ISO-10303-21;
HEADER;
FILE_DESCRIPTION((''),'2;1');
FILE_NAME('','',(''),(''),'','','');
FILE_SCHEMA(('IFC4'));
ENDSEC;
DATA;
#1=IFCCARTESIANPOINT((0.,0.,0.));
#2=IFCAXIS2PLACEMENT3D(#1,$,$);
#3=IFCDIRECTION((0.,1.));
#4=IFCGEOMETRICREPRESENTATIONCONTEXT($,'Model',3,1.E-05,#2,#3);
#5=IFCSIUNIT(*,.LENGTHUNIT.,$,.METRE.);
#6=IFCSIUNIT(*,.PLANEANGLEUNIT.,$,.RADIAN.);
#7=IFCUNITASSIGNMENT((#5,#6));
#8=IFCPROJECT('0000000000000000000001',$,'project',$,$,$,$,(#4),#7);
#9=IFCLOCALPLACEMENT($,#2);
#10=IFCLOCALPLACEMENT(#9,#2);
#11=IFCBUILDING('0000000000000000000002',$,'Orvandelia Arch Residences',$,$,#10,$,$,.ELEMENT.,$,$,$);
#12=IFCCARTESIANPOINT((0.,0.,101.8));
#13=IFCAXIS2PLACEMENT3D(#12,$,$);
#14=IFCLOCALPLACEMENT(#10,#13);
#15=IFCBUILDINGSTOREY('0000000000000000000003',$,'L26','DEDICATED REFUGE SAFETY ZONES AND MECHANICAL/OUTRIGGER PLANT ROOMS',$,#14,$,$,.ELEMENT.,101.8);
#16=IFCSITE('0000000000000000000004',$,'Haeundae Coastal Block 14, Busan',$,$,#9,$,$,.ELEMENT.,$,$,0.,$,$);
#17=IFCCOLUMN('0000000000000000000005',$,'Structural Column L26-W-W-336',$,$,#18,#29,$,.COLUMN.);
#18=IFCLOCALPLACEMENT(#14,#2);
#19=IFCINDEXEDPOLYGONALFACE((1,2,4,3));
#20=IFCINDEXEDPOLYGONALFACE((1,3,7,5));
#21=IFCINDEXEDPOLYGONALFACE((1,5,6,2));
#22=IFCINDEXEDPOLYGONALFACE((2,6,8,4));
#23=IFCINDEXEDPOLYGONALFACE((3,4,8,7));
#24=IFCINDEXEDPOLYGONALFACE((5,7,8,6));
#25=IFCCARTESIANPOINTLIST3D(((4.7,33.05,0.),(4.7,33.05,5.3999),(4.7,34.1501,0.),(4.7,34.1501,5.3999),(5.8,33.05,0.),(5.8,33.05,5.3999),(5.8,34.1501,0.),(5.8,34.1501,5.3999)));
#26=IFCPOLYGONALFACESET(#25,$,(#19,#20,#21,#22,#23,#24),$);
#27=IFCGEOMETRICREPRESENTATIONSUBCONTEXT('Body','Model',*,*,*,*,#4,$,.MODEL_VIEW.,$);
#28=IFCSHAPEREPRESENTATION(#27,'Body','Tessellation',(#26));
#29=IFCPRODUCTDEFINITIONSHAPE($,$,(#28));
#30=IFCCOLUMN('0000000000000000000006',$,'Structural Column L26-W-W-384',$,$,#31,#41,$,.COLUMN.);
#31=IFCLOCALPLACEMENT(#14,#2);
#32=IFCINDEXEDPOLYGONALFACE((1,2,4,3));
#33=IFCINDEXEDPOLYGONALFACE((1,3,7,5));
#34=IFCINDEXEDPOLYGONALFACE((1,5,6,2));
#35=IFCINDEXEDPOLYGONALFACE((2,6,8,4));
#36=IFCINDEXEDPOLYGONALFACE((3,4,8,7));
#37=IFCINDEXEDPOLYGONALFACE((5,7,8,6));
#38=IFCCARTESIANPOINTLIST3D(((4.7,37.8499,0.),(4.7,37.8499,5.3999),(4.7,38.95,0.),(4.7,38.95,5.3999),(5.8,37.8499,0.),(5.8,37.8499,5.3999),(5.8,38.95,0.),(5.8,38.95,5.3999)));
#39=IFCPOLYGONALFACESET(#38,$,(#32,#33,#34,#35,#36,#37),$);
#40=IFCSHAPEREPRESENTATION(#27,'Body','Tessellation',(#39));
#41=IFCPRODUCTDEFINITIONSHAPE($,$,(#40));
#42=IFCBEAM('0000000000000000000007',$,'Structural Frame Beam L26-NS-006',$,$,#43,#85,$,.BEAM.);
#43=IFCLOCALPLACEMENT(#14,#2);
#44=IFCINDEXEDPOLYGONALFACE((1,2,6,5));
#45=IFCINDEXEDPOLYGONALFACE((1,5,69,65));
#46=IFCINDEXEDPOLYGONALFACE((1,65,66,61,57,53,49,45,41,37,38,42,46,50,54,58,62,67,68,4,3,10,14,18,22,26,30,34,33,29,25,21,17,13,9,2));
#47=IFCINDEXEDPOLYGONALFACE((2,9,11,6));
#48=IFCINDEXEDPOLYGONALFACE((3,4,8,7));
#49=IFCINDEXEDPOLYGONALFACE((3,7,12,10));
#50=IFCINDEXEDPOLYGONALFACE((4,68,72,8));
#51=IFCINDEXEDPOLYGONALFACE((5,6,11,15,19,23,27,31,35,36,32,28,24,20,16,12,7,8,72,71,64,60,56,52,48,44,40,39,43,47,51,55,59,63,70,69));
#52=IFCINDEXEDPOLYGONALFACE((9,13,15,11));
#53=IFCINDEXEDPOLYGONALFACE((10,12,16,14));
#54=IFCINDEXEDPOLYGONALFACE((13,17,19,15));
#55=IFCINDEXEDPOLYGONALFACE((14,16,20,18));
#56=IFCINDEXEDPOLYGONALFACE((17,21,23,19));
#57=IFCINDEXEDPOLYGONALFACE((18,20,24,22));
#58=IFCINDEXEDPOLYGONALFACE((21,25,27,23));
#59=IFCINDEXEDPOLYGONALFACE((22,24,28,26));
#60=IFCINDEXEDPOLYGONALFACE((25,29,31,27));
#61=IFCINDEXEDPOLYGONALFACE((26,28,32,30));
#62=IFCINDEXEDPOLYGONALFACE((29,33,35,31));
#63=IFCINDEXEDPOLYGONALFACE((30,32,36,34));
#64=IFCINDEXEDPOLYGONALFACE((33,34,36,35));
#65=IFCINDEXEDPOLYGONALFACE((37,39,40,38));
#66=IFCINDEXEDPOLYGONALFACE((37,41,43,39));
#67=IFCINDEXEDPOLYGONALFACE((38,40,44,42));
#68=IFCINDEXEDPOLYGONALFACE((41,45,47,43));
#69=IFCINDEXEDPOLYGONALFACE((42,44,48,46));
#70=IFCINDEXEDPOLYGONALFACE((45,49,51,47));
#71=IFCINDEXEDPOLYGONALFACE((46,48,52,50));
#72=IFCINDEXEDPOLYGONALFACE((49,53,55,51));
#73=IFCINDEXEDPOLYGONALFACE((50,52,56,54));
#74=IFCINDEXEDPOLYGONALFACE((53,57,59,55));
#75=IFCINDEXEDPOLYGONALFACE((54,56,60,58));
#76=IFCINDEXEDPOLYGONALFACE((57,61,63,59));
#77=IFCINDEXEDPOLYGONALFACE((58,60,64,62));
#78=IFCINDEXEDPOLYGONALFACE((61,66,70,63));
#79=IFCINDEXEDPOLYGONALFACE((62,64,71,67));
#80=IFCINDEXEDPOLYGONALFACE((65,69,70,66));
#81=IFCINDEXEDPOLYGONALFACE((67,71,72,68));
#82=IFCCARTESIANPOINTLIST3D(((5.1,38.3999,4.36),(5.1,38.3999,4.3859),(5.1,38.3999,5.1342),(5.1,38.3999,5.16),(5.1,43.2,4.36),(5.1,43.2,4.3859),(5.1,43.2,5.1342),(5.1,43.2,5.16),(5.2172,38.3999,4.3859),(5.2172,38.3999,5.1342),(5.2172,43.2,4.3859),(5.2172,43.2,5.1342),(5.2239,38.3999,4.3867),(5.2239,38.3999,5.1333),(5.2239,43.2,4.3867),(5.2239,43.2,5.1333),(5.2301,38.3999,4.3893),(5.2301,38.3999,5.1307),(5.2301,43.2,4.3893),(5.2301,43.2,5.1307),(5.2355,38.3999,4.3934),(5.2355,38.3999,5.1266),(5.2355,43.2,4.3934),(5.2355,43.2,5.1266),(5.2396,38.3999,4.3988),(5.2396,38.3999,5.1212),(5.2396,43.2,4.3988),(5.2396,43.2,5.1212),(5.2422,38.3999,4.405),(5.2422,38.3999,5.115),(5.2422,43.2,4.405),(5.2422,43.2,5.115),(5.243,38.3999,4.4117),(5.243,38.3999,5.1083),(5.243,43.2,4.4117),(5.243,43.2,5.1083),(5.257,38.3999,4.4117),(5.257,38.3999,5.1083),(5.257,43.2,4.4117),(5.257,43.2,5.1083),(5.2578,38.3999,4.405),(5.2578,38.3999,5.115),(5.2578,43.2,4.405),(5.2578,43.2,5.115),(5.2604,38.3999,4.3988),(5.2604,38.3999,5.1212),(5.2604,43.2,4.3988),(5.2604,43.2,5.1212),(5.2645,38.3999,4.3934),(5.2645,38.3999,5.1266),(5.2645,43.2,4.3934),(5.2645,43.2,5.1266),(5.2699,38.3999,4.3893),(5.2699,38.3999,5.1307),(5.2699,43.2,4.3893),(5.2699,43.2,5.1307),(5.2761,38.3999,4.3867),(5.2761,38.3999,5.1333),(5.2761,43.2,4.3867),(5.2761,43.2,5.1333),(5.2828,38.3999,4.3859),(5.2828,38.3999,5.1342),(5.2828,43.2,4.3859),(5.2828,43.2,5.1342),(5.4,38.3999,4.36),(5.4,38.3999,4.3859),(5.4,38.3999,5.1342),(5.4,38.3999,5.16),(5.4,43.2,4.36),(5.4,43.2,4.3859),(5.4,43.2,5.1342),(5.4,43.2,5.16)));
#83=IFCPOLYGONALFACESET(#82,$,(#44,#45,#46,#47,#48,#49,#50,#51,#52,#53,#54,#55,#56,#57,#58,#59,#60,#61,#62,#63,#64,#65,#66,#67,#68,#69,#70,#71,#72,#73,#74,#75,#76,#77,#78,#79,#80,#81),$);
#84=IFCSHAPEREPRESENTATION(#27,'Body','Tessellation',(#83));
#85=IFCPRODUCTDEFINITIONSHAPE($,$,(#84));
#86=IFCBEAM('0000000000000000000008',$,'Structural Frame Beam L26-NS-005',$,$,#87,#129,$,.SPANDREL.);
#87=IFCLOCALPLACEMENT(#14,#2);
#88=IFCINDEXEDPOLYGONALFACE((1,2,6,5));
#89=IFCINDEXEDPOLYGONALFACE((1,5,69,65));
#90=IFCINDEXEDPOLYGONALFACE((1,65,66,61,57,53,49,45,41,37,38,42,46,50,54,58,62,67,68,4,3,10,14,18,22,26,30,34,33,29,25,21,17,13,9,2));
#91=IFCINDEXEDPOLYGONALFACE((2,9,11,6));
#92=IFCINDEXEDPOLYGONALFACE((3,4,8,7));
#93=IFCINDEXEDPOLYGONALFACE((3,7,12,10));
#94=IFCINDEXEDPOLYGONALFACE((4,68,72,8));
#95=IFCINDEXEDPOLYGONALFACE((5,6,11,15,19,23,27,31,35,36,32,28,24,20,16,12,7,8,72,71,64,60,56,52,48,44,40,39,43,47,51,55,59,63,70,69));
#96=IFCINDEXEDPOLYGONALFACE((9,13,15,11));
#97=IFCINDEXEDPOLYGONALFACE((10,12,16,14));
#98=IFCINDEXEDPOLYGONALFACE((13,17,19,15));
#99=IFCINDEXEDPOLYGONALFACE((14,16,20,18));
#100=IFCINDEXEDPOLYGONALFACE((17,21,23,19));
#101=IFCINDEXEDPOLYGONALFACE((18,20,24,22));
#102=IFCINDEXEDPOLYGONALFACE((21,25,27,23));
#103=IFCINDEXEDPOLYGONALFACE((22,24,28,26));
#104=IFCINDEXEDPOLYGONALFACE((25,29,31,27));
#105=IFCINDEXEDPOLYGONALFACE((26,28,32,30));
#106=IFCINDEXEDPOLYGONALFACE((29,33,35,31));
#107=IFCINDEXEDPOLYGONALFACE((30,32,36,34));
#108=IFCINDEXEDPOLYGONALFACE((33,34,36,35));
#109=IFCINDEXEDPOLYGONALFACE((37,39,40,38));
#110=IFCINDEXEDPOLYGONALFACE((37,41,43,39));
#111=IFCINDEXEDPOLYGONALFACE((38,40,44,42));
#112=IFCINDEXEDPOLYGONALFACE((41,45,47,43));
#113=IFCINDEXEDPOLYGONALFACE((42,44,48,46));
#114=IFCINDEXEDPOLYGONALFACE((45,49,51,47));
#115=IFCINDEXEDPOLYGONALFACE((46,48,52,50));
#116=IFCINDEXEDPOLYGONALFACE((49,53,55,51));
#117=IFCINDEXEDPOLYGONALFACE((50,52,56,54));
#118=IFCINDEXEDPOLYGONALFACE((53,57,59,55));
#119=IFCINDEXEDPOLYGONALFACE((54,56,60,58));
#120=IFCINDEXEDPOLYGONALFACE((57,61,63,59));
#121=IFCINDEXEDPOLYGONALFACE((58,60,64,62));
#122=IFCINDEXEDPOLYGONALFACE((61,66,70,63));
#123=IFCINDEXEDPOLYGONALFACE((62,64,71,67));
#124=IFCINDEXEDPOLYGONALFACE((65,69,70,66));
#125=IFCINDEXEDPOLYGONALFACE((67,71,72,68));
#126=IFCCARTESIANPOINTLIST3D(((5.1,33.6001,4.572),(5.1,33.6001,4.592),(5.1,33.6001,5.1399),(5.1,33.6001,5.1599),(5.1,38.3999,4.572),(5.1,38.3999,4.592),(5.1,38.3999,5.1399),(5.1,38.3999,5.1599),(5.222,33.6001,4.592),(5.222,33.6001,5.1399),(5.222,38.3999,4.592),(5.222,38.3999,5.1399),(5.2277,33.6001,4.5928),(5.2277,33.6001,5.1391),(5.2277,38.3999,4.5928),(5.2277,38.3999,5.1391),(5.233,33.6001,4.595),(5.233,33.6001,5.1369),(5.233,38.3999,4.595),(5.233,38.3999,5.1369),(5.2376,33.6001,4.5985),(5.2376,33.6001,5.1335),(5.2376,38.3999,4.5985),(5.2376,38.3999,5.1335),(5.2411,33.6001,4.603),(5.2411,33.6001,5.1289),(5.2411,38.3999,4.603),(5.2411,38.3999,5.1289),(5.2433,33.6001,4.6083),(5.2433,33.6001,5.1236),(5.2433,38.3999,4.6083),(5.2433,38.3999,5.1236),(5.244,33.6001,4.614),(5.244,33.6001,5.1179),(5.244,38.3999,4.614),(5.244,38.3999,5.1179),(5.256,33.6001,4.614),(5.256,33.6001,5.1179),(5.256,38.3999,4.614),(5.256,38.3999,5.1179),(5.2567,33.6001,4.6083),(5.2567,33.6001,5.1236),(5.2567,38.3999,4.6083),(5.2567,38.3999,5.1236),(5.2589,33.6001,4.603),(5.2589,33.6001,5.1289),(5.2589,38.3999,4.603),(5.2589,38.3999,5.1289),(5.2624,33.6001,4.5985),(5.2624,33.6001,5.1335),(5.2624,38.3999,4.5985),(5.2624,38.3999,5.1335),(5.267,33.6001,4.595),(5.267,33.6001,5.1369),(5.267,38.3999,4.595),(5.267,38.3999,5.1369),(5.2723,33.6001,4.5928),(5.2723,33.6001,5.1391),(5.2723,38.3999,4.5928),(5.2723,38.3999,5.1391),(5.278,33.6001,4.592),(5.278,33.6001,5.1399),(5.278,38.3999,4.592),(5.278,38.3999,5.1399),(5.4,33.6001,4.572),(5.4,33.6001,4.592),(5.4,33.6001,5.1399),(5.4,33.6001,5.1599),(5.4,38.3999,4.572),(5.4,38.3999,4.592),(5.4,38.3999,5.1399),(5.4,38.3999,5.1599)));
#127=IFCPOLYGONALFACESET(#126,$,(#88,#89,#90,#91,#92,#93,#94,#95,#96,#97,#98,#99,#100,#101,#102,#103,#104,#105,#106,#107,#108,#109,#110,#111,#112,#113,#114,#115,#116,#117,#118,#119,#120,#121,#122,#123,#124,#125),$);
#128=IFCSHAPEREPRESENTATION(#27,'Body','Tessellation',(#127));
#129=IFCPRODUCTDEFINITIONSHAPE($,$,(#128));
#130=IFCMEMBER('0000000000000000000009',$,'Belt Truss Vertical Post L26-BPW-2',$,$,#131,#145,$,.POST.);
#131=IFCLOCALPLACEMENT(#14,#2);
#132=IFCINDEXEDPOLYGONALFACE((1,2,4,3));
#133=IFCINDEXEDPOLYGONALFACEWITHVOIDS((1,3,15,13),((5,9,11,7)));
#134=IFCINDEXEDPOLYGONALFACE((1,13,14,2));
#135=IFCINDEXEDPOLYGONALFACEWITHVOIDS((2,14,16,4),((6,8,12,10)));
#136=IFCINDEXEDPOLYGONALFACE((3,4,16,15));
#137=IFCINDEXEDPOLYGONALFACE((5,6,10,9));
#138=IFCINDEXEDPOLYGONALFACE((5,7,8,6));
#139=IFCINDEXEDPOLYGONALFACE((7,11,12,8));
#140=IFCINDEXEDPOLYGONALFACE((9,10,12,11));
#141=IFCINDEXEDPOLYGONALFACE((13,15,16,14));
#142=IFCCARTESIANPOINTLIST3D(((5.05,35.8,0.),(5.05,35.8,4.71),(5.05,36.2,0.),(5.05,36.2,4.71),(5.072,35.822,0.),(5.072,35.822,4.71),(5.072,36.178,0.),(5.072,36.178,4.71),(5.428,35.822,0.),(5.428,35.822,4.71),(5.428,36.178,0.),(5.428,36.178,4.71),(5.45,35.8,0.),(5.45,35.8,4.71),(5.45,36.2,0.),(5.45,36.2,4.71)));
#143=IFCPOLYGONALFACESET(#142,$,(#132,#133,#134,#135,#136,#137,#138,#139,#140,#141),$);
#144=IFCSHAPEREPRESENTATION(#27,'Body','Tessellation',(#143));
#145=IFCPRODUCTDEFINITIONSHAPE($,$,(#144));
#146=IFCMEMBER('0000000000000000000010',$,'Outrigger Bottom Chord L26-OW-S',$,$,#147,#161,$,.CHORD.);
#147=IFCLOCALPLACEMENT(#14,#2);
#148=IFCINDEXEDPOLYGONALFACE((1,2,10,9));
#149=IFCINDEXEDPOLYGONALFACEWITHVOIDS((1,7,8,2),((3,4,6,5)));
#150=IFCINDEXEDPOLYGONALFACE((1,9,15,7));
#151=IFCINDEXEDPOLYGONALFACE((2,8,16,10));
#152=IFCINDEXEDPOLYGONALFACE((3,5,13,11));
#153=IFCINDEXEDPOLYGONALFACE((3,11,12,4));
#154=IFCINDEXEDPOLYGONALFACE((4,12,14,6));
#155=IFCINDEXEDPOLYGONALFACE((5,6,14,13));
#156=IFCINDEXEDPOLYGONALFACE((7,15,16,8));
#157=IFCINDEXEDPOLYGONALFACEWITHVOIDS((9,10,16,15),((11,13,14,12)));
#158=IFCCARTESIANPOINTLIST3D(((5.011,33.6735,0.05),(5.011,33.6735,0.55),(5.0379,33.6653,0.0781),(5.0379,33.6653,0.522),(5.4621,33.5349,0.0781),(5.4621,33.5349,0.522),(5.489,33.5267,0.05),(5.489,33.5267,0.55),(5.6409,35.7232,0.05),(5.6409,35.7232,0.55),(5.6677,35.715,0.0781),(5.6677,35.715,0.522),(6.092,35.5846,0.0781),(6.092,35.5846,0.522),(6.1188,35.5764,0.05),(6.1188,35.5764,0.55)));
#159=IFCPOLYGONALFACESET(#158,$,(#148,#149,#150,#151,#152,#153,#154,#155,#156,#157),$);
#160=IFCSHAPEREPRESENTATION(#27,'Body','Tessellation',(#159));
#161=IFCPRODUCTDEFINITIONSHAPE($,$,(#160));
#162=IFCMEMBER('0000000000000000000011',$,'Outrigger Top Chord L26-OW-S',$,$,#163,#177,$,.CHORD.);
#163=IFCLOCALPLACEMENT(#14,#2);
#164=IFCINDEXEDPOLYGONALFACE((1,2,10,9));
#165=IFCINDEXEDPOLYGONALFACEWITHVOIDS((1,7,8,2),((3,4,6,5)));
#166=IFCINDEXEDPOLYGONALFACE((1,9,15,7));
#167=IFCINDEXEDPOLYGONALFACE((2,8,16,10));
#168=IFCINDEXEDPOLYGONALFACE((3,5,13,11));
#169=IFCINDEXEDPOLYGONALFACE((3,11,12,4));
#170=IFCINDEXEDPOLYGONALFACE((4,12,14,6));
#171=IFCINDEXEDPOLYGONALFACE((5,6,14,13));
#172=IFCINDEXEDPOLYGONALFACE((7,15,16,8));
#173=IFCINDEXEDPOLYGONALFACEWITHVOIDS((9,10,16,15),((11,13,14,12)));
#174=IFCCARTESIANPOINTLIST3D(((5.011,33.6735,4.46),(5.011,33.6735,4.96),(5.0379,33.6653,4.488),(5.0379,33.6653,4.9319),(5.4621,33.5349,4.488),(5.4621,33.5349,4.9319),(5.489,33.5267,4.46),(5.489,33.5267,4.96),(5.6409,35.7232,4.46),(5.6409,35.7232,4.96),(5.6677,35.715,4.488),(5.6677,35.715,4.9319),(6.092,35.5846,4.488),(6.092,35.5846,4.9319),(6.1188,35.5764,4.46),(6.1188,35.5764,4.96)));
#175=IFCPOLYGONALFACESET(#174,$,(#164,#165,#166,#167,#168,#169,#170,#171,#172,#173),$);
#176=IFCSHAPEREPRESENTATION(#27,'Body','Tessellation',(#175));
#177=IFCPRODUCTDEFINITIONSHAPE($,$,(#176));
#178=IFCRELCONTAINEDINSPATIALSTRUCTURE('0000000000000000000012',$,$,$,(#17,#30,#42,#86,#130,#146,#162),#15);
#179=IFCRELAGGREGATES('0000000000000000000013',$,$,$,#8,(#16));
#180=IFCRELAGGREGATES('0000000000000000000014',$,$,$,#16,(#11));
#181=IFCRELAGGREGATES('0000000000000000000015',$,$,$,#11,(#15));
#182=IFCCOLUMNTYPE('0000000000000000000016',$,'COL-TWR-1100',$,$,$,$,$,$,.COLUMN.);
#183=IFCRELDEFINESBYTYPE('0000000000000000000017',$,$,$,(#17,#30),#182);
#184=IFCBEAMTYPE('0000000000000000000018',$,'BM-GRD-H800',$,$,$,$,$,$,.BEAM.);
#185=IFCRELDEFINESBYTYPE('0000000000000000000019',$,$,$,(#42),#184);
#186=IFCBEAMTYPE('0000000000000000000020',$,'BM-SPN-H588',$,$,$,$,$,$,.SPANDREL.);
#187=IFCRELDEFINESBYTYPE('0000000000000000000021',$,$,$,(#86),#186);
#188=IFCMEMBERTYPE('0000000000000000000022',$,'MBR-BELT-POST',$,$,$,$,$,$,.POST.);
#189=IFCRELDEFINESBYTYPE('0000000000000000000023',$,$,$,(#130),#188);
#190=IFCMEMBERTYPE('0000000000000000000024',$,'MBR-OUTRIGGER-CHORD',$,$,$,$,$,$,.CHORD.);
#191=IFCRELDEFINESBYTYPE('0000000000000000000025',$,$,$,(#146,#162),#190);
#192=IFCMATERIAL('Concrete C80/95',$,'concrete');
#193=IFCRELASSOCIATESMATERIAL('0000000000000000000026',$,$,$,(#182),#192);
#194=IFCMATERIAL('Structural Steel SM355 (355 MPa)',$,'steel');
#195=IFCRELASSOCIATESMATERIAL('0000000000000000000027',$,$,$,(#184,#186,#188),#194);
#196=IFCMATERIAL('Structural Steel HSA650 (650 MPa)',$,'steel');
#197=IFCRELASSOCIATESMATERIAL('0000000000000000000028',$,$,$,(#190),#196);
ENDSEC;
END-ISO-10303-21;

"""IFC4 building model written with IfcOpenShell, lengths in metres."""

from ifc_helpers import new_model, si_unit, direction, frame, origin, origin_2d, place, context, subcontext, project, spatial, rectangle, hollow_rectangle, i_section, extrude, material, material_profile, profile_set, type_object, element, save


model = new_model("IFC4")

# Units and contexts
model_context = context("Model", 3, precision=1e-05, world=origin(), true_north=direction((0.0, 1.0)))
body_context = subcontext(model_context, "Body", "Model", "MODEL_VIEW")
ifc_project = project(units=[si_unit("LENGTHUNIT", "METRE"), si_unit("PLANEANGLEUNIT", "RADIAN")], contexts=[model_context])

# Site, building, storey
site_placement = place(None, origin())
site = spatial("IfcSite", under=ifc_project, at=site_placement, Name="Haeundae Coastal Block 14, Busan", CompositionType="ELEMENT", RefElevation=0.0)
building_placement = place(site_placement, origin())
building = spatial("IfcBuilding", under=site, at=building_placement, Name="Orvandelia Arch Residences", CompositionType="ELEMENT")
storey_placement = place(building_placement, frame((0.0, 0.0, 101.8)))
storey = spatial("IfcBuildingStorey", under=building, at=storey_placement, Name="L26", Description="DEDICATED REFUGE SAFETY ZONES AND MECHANICAL/OUTRIGGER PLANT ROOMS", CompositionType="ELEMENT", Elevation=101.8)

# Columns
ifc_material_1 = material(Name="Concrete C80/95", Category="concrete")
ifc_material_profile_1 = material_profile(ifc_material_1, rectangle(XDim=1.1001, YDim=1.1001, at=origin_2d()), Name="Concrete C80/95", Category="concrete")
ifc_profile_set_1 = profile_set([ifc_material_profile_1], Name="Concrete C80/95")
column_type = type_object("IfcColumnType", Name="COL-TWR-1100", PredefinedType="COLUMN", material=ifc_profile_set_1)
for number, where, z_axis, x_axis, name in (
    (1, (5.25, 33.6001, 0.0), (0.0, 0.0, 1.0), (1.0, 0.0, 0.0), "Structural Column L26-W-W-336"),
    (2, (5.25, 38.3999, 0.0), (0.0, 0.0, 1.0), (1.0, 0.0, 0.0), "Structural Column L26-W-W-384"),
):
    element("IfcColumn", number, at=place(storey_placement, frame(where, z_axis=z_axis, x_axis=x_axis)), inside=storey, type_object=column_type, Name=name, PredefinedType="COLUMN", context=body_context, shape_type="SweptSolid", body=[
        extrude(rectangle(XDim=1.1001, YDim=1.1001, at=origin_2d()), origin(), (0.0, 0.0, 1.0), 5.3999),
    ])

# Beams
ifc_material_2 = material(Name="Structural Steel SM355 (355 MPa)", Category="steel")
ifc_material_profile_2 = material_profile(ifc_material_2, i_section(OverallWidth=0.3, OverallDepth=0.8, WebThickness=0.0139, FlangeThickness=0.0259, FilletRadius=0.0259, at=origin_2d()), Name="Structural Steel SM355 (355 MPa)", Category="steel")
ifc_profile_set_2 = profile_set([ifc_material_profile_2], Name="Structural Steel SM355 (355 MPa)")
beam_type_1 = type_object("IfcBeamType", Name="BM-GRD-H800", PredefinedType="BEAM", material=ifc_profile_set_2)
beam_1_placement = place(storey_placement, frame((5.25, 38.3999, 4.76), z_axis=(0.0, 1.0, 0.0), x_axis=(-1.0, 0.0, 0.0)))
element("IfcBeam", 3, at=beam_1_placement, inside=storey, type_object=beam_type_1, Name="Structural Frame Beam L26-NS-006", PredefinedType="BEAM", context=body_context, shape_type="SweptSolid", body=[
    extrude(i_section(OverallWidth=0.3, OverallDepth=0.8, WebThickness=0.0139, FlangeThickness=0.0259, FilletRadius=0.0259, at=origin_2d()), origin(), (0.0, 0.0, 1.0), 4.8),
])
ifc_material_profile_3 = material_profile(ifc_material_2, i_section(OverallWidth=0.3, OverallDepth=0.5879, WebThickness=0.012, FlangeThickness=0.02, FilletRadius=0.022, at=origin_2d()), Name="Structural Steel SM355 (355 MPa)", Category="steel")
ifc_profile_set_3 = profile_set([ifc_material_profile_3], Name="Structural Steel SM355 (355 MPa)")
beam_type_2 = type_object("IfcBeamType", Name="BM-SPN-H588", PredefinedType="SPANDREL", material=ifc_profile_set_3)
beam_2_placement = place(storey_placement, frame((5.25, 33.6001, 4.866), z_axis=(0.0, 1.0, 0.0), x_axis=(-1.0, 0.0, 0.0)))
element("IfcBeam", 4, at=beam_2_placement, inside=storey, type_object=beam_type_2, Name="Structural Frame Beam L26-NS-005", PredefinedType="SPANDREL", context=body_context, shape_type="SweptSolid", body=[
    extrude(i_section(OverallWidth=0.3, OverallDepth=0.5879, WebThickness=0.012, FlangeThickness=0.02, FilletRadius=0.022, at=origin_2d()), origin(), (0.0, 0.0, 1.0), 4.7998),
])

# Members
ifc_material_profile_4 = material_profile(ifc_material_2, hollow_rectangle(XDim=0.3999, YDim=0.3999, WallThickness=0.022, at=origin_2d()), Name="Structural Steel SM355 (355 MPa)", Category="steel")
ifc_profile_set_4 = profile_set([ifc_material_profile_4], Name="Structural Steel SM355 (355 MPa)")
member_type_1 = type_object("IfcMemberType", Name="MBR-BELT-POST", PredefinedType="POST", material=ifc_profile_set_4)
member_1_placement = place(storey_placement, frame((5.25, 36.0, 0.0), z_axis=(0.0, 0.0, 1.0), x_axis=(1.0, 0.0, 0.0)))
element("IfcMember", 5, at=member_1_placement, inside=storey, type_object=member_type_1, Name="Belt Truss Vertical Post L26-BPW-2", PredefinedType="POST", context=body_context, shape_type="SweptSolid", body=[
    extrude(hollow_rectangle(XDim=0.3999, YDim=0.3999, WallThickness=0.022, at=origin_2d()), origin(), (0.0, 0.0, 1.0), 4.71),
])
ifc_material_3 = material(Name="Structural Steel HSA650 (650 MPa)", Category="steel")
ifc_material_profile_5 = material_profile(ifc_material_3, hollow_rectangle(XDim=0.5, YDim=0.5, WallThickness=0.0281, at=origin_2d()), Name="Structural Steel HSA650 (650 MPa)", Category="steel")
ifc_profile_set_5 = profile_set([ifc_material_profile_5], Name="Structural Steel HSA650 (650 MPa)")
member_type_2 = type_object("IfcMemberType", Name="MBR-OUTRIGGER-CHORD", PredefinedType="CHORD", material=ifc_profile_set_5)
for number, where, z_axis, x_axis, name in (
    (6, (5.25, 33.6001, 0.3), (0.293734, 0.955887, 0.0), (-0.955887, 0.293734, 0.0), "Outrigger Bottom Chord L26-OW-S"),
    (7, (5.25, 33.6001, 4.71), (0.293734, 0.955887, 0.0), (-0.955887, 0.293734, 0.0), "Outrigger Top Chord L26-OW-S"),
):
    element("IfcMember", number, at=place(storey_placement, frame(where, z_axis=z_axis, x_axis=x_axis)), inside=storey, type_object=member_type_2, Name=name, PredefinedType="CHORD", context=body_context, shape_type="SweptSolid", body=[
        extrude(hollow_rectangle(XDim=0.5, YDim=0.5, WallThickness=0.0281, at=origin_2d()), origin(), (0.0, 0.0, 1.0), 2.1443),
    ])

save(model, "model.ifc")
